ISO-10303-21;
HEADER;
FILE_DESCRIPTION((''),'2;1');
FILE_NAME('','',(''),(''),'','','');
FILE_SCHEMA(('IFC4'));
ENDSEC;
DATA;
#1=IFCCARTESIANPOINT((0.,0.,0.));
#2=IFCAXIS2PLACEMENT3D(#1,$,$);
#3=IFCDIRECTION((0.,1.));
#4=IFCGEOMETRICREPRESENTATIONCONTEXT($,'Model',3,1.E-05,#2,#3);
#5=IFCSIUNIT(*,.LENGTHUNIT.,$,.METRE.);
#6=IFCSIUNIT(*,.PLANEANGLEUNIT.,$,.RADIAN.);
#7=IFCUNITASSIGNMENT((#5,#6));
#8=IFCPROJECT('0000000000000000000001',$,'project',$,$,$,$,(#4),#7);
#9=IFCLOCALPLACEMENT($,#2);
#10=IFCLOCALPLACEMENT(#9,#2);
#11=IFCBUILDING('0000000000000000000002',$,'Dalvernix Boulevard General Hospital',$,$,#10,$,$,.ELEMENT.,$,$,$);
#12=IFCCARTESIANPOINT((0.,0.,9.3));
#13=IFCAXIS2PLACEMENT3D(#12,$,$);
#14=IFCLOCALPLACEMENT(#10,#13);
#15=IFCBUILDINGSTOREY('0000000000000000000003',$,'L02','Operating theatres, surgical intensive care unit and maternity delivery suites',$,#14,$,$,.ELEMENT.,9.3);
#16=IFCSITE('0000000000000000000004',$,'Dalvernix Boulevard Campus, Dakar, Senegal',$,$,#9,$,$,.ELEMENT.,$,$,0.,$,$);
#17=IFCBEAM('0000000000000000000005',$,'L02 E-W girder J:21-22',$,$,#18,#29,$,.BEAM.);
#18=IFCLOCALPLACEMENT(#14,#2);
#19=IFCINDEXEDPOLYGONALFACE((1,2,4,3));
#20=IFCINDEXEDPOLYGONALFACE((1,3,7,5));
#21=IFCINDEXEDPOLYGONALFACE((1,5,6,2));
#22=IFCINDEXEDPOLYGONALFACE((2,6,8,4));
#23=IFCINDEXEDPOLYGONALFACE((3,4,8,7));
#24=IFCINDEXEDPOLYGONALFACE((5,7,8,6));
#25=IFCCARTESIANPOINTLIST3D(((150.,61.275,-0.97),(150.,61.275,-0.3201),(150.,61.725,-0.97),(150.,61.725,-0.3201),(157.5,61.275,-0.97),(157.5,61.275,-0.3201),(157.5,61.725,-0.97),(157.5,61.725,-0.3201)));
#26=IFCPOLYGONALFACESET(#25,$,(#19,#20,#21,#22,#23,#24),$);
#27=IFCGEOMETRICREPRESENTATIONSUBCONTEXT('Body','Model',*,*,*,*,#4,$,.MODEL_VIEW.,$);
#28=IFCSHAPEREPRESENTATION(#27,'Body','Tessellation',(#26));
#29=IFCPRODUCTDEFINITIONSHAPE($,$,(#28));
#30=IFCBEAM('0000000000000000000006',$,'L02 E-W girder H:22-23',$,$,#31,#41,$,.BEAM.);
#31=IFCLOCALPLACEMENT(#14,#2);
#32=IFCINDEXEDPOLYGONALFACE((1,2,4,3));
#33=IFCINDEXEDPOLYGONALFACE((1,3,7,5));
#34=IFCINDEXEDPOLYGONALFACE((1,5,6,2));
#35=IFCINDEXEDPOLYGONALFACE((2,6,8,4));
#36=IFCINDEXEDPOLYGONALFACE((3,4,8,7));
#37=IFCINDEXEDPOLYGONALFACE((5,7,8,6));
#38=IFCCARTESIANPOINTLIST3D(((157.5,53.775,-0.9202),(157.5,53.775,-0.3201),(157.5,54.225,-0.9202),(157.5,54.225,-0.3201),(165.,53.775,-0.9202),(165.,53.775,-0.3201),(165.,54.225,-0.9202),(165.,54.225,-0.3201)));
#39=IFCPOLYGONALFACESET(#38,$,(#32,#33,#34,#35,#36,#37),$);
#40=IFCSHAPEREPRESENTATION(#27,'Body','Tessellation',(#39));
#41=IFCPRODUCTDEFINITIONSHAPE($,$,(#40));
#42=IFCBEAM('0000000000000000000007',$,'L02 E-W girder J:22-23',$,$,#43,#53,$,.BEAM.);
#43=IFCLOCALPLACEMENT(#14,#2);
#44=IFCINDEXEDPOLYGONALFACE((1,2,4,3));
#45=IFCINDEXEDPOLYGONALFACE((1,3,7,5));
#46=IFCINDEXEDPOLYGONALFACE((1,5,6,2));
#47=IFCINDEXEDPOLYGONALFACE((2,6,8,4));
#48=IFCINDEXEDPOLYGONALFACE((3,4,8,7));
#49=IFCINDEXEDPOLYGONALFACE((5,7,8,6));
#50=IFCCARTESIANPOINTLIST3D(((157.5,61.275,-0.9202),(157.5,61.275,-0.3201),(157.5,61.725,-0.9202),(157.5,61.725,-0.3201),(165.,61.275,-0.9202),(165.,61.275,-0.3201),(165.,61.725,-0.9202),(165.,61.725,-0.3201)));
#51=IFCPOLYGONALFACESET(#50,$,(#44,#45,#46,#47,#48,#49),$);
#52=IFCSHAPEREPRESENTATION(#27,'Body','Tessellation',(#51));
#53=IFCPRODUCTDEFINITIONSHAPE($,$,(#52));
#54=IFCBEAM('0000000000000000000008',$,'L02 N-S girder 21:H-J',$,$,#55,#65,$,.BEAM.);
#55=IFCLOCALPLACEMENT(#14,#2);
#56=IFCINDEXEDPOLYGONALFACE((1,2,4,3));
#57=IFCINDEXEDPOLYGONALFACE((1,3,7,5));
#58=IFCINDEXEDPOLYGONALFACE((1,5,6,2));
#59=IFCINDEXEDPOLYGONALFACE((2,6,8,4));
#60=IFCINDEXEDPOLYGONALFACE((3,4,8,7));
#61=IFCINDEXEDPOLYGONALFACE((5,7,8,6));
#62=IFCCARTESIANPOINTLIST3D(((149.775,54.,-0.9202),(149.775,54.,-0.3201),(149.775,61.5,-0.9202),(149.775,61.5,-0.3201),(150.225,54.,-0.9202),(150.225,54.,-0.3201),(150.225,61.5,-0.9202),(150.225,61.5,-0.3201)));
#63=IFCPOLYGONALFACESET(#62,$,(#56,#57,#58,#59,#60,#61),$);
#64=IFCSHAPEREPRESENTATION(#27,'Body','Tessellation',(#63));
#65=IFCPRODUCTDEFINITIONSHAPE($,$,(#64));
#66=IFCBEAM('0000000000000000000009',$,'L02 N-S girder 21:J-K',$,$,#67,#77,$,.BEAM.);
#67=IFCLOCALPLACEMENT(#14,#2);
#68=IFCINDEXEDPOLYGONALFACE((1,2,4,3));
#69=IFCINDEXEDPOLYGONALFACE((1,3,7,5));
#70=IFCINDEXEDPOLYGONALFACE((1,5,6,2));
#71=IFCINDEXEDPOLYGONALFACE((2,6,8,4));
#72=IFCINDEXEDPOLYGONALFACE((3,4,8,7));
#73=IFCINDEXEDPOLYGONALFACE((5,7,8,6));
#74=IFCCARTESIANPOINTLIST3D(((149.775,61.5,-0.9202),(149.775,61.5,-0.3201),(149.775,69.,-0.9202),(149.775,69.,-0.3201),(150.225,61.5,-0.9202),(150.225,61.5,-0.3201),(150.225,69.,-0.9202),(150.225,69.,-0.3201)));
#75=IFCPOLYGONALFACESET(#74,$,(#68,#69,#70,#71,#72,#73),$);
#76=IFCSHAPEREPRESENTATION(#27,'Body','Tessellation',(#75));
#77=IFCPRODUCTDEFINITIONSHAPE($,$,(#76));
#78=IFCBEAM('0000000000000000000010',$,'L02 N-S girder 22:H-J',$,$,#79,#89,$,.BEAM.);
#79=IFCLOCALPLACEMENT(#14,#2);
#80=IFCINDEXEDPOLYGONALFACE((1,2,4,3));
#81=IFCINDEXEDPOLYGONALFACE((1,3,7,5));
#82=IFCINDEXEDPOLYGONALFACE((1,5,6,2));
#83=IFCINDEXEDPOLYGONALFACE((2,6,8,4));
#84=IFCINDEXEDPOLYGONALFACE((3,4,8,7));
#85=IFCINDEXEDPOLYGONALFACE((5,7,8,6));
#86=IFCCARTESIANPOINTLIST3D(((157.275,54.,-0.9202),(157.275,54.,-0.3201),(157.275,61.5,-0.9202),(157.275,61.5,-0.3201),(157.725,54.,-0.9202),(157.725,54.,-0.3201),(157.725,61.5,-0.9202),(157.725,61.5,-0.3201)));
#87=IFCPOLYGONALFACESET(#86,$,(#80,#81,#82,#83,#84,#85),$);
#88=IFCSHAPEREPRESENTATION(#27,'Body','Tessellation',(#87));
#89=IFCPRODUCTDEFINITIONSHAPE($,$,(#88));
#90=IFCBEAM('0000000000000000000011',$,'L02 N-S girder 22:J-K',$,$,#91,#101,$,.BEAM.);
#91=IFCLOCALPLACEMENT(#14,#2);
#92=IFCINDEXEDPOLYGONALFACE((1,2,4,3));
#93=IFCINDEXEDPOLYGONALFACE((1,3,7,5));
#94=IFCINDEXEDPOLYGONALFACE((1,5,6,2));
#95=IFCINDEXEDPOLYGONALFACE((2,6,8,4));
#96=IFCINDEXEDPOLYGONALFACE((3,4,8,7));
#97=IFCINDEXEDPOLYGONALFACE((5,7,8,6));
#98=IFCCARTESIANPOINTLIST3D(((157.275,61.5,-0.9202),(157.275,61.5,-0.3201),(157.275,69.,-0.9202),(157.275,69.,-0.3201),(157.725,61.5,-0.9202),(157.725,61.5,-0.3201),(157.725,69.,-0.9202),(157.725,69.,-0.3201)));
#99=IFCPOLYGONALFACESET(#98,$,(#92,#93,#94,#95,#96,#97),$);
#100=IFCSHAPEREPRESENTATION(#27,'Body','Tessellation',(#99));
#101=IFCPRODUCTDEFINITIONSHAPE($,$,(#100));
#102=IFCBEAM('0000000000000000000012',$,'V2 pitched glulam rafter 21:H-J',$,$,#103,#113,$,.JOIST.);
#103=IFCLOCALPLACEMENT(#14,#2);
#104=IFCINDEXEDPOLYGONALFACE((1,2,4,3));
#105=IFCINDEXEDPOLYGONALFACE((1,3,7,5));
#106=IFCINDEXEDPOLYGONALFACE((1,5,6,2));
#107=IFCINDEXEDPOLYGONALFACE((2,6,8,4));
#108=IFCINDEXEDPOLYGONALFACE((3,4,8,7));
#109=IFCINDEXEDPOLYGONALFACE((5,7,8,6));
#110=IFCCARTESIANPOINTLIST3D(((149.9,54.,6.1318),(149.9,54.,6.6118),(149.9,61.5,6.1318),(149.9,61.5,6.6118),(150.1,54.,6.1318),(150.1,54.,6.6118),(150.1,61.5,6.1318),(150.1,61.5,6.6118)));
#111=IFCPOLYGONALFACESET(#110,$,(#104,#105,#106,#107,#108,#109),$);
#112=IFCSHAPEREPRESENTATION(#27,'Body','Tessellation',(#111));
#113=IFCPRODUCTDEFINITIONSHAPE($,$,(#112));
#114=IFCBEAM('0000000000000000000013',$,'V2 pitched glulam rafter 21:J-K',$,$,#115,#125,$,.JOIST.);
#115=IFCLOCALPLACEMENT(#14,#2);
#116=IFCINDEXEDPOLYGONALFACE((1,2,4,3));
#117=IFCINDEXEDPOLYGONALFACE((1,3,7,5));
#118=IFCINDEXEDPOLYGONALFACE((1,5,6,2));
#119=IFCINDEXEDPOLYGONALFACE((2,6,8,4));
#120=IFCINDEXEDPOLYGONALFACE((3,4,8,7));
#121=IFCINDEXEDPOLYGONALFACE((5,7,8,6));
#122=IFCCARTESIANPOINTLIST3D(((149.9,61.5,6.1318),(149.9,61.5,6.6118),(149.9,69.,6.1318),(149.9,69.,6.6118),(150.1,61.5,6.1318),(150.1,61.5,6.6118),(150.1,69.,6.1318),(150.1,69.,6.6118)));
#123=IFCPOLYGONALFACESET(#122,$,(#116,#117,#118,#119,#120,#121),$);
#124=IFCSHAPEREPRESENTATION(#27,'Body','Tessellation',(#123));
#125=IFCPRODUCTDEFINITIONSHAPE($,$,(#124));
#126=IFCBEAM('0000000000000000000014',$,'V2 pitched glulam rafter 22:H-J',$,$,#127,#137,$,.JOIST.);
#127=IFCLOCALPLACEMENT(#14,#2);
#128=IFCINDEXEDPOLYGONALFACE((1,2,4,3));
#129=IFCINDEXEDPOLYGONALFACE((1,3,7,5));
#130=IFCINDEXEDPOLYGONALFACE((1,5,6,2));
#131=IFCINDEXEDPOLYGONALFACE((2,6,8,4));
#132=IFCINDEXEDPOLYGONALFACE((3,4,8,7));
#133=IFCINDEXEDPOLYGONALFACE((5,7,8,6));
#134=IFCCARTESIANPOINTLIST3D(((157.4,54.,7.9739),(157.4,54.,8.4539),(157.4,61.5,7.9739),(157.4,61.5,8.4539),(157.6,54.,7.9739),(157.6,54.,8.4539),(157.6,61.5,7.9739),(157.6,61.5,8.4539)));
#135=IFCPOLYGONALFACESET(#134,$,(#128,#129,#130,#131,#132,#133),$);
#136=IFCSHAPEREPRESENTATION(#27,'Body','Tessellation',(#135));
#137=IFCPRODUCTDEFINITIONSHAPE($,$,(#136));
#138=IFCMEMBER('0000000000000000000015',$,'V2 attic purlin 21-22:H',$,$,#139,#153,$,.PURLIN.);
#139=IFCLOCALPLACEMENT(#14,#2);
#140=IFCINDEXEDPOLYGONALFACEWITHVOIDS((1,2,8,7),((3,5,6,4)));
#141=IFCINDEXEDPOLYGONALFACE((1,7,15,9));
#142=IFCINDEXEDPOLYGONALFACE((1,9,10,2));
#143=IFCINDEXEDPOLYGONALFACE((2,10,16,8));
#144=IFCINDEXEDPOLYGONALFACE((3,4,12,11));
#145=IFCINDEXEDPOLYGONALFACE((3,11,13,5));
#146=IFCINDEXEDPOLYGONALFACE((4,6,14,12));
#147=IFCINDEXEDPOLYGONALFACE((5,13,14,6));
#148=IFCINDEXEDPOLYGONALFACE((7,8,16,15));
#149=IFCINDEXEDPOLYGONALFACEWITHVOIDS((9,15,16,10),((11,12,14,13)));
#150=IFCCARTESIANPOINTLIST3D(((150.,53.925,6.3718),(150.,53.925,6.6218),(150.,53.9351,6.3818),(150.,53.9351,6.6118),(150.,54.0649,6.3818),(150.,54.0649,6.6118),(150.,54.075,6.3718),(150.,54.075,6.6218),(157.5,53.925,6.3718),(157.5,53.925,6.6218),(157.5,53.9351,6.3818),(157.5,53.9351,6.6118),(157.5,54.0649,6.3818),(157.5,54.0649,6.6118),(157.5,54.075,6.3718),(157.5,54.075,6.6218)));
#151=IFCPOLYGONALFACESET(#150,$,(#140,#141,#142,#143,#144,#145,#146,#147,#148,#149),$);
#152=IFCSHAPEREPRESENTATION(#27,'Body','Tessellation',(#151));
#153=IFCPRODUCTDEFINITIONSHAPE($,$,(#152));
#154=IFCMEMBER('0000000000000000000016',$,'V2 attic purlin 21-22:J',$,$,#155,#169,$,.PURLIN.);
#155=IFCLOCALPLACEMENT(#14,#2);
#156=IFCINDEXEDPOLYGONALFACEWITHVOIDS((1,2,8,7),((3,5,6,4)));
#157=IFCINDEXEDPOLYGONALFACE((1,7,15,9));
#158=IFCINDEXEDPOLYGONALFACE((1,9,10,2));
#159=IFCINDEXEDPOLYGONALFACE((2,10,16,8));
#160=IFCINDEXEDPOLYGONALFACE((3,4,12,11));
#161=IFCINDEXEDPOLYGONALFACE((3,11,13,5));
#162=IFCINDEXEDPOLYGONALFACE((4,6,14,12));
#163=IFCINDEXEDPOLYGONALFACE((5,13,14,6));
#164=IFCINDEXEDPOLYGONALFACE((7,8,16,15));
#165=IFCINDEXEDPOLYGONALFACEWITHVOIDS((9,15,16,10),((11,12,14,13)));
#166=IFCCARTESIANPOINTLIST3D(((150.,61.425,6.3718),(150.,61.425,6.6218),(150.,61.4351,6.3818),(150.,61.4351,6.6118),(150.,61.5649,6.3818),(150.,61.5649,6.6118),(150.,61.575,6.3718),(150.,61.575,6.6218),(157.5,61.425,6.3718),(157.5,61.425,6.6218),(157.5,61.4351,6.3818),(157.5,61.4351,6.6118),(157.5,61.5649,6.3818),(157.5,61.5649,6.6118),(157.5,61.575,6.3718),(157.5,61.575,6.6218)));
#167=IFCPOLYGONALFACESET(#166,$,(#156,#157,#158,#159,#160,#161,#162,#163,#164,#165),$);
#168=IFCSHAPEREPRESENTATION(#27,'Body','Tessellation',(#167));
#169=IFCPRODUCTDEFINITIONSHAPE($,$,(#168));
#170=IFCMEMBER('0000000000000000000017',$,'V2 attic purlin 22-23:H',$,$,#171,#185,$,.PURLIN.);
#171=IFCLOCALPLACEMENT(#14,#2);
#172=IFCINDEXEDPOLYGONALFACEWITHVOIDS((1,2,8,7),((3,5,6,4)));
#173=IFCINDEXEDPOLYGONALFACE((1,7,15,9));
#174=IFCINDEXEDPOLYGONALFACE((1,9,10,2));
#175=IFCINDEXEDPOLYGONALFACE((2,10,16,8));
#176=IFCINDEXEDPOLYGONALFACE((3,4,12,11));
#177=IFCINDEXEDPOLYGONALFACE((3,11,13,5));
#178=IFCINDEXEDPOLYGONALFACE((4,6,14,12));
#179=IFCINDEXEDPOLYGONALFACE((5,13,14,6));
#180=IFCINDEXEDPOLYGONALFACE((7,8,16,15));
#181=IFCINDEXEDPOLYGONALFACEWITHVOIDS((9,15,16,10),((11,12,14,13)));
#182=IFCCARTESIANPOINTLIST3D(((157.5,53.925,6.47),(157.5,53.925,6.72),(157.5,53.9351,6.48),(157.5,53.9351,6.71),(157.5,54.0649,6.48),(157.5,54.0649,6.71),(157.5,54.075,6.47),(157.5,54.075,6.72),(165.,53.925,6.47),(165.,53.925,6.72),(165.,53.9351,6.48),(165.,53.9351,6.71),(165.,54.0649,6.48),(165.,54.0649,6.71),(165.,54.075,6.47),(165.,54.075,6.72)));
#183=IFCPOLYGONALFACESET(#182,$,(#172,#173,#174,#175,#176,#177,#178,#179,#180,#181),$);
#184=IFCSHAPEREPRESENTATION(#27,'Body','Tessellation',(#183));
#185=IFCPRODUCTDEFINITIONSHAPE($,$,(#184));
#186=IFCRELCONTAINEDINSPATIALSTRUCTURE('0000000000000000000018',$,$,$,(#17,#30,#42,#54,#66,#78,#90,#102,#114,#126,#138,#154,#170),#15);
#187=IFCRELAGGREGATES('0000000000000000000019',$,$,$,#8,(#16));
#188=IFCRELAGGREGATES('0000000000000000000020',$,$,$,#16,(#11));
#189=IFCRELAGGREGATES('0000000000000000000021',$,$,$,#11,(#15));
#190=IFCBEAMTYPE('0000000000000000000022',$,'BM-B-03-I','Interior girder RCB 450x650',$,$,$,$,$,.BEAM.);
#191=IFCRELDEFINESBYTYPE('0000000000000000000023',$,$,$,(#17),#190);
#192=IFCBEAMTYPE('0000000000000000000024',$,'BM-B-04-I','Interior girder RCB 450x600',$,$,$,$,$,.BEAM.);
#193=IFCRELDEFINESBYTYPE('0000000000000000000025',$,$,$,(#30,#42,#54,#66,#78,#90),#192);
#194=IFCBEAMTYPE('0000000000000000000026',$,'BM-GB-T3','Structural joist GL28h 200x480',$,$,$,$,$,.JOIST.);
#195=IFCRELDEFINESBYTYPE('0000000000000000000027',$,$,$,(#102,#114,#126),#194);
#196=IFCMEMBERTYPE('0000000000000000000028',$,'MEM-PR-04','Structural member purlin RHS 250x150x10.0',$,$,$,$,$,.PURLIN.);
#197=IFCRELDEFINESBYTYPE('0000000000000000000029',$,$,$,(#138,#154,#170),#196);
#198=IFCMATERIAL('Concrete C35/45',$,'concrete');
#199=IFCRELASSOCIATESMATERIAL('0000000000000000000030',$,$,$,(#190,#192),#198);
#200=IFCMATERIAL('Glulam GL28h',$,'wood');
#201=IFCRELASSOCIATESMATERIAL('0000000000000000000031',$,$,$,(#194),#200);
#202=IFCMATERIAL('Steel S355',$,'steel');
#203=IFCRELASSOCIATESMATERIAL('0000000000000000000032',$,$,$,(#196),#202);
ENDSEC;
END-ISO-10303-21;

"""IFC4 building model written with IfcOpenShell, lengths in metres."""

from ifc_helpers import new_model, si_unit, direction, frame, origin, origin_2d, place, context, subcontext, project, spatial, rectangle, hollow_rectangle, extrude, material, material_profile, profile_set, type_object, element, save


model = new_model("IFC4")

# Units and contexts
model_context = context("Model", 3, precision=1e-05, world=origin(), true_north=direction((0.0, 1.0)))
body_context = subcontext(model_context, "Body", "Model", "MODEL_VIEW")
ifc_project = project(units=[si_unit("LENGTHUNIT", "METRE"), si_unit("PLANEANGLEUNIT", "RADIAN")], contexts=[model_context])

# Site, building, storey
site_placement = place(None, origin())
site = spatial("IfcSite", under=ifc_project, at=site_placement, Name="Dalvernix Boulevard Campus, Dakar, Senegal", CompositionType="ELEMENT", RefElevation=0.0)
building_placement = place(site_placement, origin())
building = spatial("IfcBuilding", under=site, at=building_placement, Name="Dalvernix Boulevard General Hospital", CompositionType="ELEMENT")
storey_placement = place(building_placement, frame((0.0, 0.0, 9.3)))
storey = spatial("IfcBuildingStorey", under=building, at=storey_placement, Name="L02", Description="Operating theatres, surgical intensive care unit and maternity delivery suites", CompositionType="ELEMENT", Elevation=9.3)

# Shared definitions
ifc_material_1 = material(Name="Steel S355", Category="steel")

# Beams
ifc_material_2 = material(Name="Concrete C35/45", Category="concrete")
ifc_material_profile_1 = material_profile(ifc_material_2, rectangle(XDim=0.45, YDim=0.6499, at=origin_2d()), Name="RCB 450x650")
ifc_profile_set_1 = profile_set([ifc_material_profile_1], Name="Concrete C35/45")
beam_type_1 = type_object("IfcBeamType", Name="BM-B-03-I", Description="Interior girder RCB 450x650", PredefinedType="BEAM", material=ifc_profile_set_1)
for number, where, z_axis, x_axis, name in (
    (1, (150.0, 61.5, -0.645), (1.0, 0.0, 0.0), (0.0, 1.0, 0.0), "L02 E-W girder J:21-22"),
):
    element("IfcBeam", number, at=place(storey_placement, frame(where, z_axis=z_axis, x_axis=x_axis)), inside=storey, type_object=beam_type_1, Name=name, PredefinedType="BEAM", context=body_context, shape_type="SweptSolid", body=[
        extrude(rectangle(XDim=0.45, YDim=0.6499, at=origin_2d()), origin(), (0.0, 0.0, 1.0), 7.5),
    ])
ifc_material_profile_2 = material_profile(ifc_material_2, rectangle(XDim=0.45, YDim=0.6001, at=origin_2d()), Name="RCB 450x600")
ifc_profile_set_2 = profile_set([ifc_material_profile_2], Name="Concrete C35/45")
beam_type_2 = type_object("IfcBeamType", Name="BM-B-04-I", Description="Interior girder RCB 450x600", PredefinedType="BEAM", material=ifc_profile_set_2)
for number, where, z_axis, x_axis, name in (
    (2, (157.5, 54.0, -0.6201), (1.0, 0.0, 0.0), (0.0, 1.0, 0.0), "L02 E-W girder H:22-23"),
    (3, (157.5, 61.5, -0.6201), (1.0, 0.0, 0.0), (0.0, 1.0, 0.0), "L02 E-W girder J:22-23"),
    (4, (150.0, 54.0, -0.6201), (0.0, 1.0, 0.0), (-1.0, 0.0, 0.0), "L02 N-S girder 21:H-J"),
    (5, (150.0, 61.5, -0.6201), (0.0, 1.0, 0.0), (-1.0, 0.0, 0.0), "L02 N-S girder 21:J-K"),
    (6, (157.5, 54.0, -0.6201), (0.0, 1.0, 0.0), (-1.0, 0.0, 0.0), "L02 N-S girder 22:H-J"),
    (7, (157.5, 61.5, -0.6201), (0.0, 1.0, 0.0), (-1.0, 0.0, 0.0), "L02 N-S girder 22:J-K"),
):
    element("IfcBeam", number, at=place(storey_placement, frame(where, z_axis=z_axis, x_axis=x_axis)), inside=storey, type_object=beam_type_2, Name=name, PredefinedType="BEAM", context=body_context, shape_type="SweptSolid", body=[
        extrude(rectangle(XDim=0.45, YDim=0.6001, at=origin_2d()), origin(), (0.0, 0.0, 1.0), 7.5),
    ])
ifc_material_3 = material(Name="Glulam GL28h", Category="wood")
ifc_material_profile_3 = material_profile(ifc_material_3, rectangle(XDim=0.2, YDim=0.48, at=origin_2d()), Name="GL28h 200x480")
ifc_profile_set_3 = profile_set([ifc_material_profile_3], Name="Glulam GL28h")
beam_type_3 = type_object("IfcBeamType", Name="BM-GB-T3", Description="Structural joist GL28h 200x480", PredefinedType="JOIST", material=ifc_profile_set_3)
for number, where, z_axis, x_axis, name in (
    (8, (150.0, 54.0, 6.3718), (0.0, 1.0, 0.0), (-1.0, 0.0, 0.0), "V2 pitched glulam rafter 21:H-J"),
    (9, (150.0, 61.5, 6.3718), (0.0, 1.0, 0.0), (-1.0, 0.0, 0.0), "V2 pitched glulam rafter 21:J-K"),
    (10, (157.5, 54.0, 8.2139), (0.0, 1.0, 0.0), (-1.0, 0.0, 0.0), "V2 pitched glulam rafter 22:H-J"),
):
    element("IfcBeam", number, at=place(storey_placement, frame(where, z_axis=z_axis, x_axis=x_axis)), inside=storey, type_object=beam_type_3, Name=name, PredefinedType="JOIST", context=body_context, shape_type="SweptSolid", body=[
        extrude(rectangle(XDim=0.2, YDim=0.48, at=origin_2d()), origin(), (0.0, 0.0, 1.0), 7.5),
    ])

# Members
ifc_material_profile_4 = material_profile(ifc_material_1, hollow_rectangle(XDim=0.1499, YDim=0.25, WallThickness=0.01, at=origin_2d()), Name="RHS 250x150x10.0")
ifc_profile_set_4 = profile_set([ifc_material_profile_4], Name="Steel S355")
member_type = type_object("IfcMemberType", Name="MEM-PR-04", Description="Structural member purlin RHS 250x150x10.0", PredefinedType="PURLIN", material=ifc_profile_set_4)
for number, where, z_axis, x_axis, name in (
    (11, (150.0, 54.0, 6.4968), (1.0, 0.0, 0.0), (0.0, 1.0, 0.0), "V2 attic purlin 21-22:H"),
    (12, (150.0, 61.5, 6.4968), (1.0, 0.0, 0.0), (0.0, 1.0, 0.0), "V2 attic purlin 21-22:J"),
    (13, (157.5, 54.0, 6.595), (1.0, 0.0, 0.0), (0.0, 1.0, 0.0), "V2 attic purlin 22-23:H"),
):
    element("IfcMember", number, at=place(storey_placement, frame(where, z_axis=z_axis, x_axis=x_axis)), inside=storey, type_object=member_type, Name=name, PredefinedType="PURLIN", context=body_context, shape_type="SweptSolid", body=[
        extrude(hollow_rectangle(XDim=0.1499, YDim=0.25, WallThickness=0.01, at=origin_2d()), origin(), (0.0, 0.0, 1.0), 7.5),
    ])

save(model, "model.ifc")
